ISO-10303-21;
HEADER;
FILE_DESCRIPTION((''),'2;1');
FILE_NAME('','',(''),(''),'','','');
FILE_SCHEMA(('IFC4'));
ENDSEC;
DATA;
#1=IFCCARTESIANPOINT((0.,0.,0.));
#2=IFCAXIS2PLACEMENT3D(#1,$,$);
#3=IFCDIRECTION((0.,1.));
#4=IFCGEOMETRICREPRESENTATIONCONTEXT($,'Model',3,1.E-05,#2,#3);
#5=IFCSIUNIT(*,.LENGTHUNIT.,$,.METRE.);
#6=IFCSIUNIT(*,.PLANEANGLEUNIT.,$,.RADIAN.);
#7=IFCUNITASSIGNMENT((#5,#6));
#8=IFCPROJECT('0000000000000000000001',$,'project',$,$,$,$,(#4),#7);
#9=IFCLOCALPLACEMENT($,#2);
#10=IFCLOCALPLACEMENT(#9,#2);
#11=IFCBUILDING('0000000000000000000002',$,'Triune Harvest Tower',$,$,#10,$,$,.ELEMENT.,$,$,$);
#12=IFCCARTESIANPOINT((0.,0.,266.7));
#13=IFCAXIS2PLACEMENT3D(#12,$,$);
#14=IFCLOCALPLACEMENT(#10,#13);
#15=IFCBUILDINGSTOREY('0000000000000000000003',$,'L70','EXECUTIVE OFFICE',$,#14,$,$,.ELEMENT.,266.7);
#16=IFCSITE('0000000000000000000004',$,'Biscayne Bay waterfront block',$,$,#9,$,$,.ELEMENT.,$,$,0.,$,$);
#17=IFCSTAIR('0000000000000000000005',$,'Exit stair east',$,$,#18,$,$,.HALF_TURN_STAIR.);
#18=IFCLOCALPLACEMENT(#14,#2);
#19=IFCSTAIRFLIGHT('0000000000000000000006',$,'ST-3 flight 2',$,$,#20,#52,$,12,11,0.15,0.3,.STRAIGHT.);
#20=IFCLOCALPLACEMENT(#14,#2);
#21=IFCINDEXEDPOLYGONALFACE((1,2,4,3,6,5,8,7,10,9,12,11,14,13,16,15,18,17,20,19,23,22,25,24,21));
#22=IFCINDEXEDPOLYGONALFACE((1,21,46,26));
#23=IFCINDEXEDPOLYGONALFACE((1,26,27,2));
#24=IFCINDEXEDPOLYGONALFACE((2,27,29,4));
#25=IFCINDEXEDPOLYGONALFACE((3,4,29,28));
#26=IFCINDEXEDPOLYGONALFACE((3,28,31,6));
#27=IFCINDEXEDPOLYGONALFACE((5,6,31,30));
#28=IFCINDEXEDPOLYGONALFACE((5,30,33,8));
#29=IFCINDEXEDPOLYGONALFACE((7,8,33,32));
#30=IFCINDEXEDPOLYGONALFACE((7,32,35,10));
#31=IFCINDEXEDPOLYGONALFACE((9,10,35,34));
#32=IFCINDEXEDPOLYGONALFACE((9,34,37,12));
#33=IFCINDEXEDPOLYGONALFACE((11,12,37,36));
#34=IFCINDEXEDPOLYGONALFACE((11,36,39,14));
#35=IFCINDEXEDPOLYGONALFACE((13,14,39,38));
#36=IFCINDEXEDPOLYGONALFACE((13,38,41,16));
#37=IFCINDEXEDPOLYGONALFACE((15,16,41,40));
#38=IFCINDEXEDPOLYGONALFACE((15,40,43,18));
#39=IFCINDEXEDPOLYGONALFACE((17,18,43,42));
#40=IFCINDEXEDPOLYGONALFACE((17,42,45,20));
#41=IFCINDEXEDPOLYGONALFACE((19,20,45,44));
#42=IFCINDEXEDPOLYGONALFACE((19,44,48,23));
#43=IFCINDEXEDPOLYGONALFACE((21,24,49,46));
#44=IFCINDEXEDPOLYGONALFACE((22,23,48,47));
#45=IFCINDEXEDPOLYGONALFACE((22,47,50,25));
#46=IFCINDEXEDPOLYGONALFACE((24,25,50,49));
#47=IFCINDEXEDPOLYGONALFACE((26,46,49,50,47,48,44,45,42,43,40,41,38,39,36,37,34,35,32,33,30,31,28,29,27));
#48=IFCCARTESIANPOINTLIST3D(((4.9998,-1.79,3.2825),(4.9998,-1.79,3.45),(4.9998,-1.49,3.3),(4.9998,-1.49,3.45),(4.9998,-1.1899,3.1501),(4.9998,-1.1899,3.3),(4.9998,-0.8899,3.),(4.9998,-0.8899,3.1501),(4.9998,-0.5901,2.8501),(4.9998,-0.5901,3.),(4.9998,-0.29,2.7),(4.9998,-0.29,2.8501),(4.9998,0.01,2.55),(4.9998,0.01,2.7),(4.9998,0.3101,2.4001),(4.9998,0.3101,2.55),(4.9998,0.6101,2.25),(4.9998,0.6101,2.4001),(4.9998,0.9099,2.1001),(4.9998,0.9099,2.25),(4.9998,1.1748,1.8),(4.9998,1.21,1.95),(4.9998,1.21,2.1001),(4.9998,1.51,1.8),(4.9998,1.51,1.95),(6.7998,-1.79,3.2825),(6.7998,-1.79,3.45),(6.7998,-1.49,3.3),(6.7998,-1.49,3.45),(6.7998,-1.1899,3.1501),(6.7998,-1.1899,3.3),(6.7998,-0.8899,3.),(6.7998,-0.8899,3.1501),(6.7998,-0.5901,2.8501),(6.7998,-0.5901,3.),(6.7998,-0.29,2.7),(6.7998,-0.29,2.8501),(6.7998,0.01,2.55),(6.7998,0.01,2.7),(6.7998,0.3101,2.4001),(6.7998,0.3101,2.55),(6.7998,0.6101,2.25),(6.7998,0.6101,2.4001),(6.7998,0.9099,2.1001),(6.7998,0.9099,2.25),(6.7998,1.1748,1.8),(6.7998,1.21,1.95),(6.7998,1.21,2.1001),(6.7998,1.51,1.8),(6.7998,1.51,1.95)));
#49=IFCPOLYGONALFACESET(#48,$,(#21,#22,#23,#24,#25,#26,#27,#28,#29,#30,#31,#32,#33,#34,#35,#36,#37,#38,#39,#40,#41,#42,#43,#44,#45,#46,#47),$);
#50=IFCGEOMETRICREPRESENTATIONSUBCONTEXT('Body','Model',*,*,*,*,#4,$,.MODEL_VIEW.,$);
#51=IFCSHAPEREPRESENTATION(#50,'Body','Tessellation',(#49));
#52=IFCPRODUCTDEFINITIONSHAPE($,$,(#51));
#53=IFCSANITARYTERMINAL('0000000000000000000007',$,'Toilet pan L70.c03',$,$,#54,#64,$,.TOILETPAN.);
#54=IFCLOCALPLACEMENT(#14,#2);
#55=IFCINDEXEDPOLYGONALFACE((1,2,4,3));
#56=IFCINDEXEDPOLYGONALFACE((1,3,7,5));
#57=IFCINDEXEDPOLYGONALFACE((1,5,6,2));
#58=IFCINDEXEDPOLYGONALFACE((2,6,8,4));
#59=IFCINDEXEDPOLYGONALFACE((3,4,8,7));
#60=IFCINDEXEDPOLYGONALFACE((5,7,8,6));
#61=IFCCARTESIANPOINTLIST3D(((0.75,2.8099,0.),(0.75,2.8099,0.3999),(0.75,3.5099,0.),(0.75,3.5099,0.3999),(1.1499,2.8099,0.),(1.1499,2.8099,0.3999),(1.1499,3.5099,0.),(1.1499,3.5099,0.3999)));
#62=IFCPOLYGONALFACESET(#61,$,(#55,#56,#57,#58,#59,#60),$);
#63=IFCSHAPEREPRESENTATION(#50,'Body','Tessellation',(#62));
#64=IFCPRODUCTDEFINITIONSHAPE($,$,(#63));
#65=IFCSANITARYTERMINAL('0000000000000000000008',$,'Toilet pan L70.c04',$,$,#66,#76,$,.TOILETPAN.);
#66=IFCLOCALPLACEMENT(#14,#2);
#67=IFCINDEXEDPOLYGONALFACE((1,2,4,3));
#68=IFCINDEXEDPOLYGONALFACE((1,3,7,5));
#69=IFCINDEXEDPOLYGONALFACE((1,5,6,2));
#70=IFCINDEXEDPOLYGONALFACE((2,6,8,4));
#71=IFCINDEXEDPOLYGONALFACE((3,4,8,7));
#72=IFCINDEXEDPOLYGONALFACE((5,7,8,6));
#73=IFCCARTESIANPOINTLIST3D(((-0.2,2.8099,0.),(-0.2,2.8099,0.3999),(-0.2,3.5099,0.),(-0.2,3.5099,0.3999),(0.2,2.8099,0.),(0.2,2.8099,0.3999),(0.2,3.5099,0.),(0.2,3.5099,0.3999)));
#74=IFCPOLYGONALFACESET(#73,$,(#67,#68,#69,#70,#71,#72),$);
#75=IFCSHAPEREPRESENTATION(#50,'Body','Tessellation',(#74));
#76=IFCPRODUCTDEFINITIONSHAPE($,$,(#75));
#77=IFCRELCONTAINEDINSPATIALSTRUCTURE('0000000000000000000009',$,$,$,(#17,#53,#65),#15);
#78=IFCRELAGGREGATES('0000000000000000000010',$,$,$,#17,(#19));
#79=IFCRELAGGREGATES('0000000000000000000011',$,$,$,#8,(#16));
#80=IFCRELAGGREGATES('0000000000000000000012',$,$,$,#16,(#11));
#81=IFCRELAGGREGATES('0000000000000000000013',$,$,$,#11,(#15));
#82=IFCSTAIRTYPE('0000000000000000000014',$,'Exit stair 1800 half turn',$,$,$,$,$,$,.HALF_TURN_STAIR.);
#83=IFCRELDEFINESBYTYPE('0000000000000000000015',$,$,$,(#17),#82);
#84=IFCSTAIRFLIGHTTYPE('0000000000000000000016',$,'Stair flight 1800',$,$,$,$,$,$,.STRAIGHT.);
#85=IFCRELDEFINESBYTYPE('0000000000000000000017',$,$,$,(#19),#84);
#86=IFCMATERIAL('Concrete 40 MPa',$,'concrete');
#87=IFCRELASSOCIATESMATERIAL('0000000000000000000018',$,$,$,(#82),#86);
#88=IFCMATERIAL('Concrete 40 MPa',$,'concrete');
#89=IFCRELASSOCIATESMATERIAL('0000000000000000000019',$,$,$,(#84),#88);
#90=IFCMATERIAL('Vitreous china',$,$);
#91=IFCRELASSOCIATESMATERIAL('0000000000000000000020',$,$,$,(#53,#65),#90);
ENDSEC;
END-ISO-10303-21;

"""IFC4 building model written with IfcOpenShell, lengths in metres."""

from ifc_helpers import new_model, si_unit, direction, frame, origin, origin_2d, place, context, subcontext, project, spatial, polyline, rectangle, outline, extrude, source, transform, mapped, material, type_object, element, aggregate, save


model = new_model("IFC4")

# Units and contexts
model_context = context("Model", 3, precision=1e-05, world=origin(), true_north=direction((0.0, 1.0)))
body_context = subcontext(model_context, "Body", "Model", "MODEL_VIEW")
ifc_project = project(units=[si_unit("LENGTHUNIT", "METRE"), si_unit("PLANEANGLEUNIT", "RADIAN")], contexts=[model_context])

# Site, building, storey
site_placement = place(None, origin())
site = spatial("IfcSite", under=ifc_project, at=site_placement, Name="Biscayne Bay waterfront block", CompositionType="ELEMENT", RefElevation=0.0)
building_placement = place(site_placement, origin())
building = spatial("IfcBuilding", under=site, at=building_placement, Name="Triune Harvest Tower", CompositionType="ELEMENT")
storey_placement = place(building_placement, frame((0.0, 0.0, 266.7)))
storey = spatial("IfcBuildingStorey", under=building, at=storey_placement, Name="L70", Description="EXECUTIVE OFFICE", CompositionType="ELEMENT", Elevation=266.7)

# Stair
ifc_material_1 = material(Name="Concrete 40 MPa", Category="concrete")
stair_type = type_object("IfcStairType", Name="Exit stair 1800 half turn", PredefinedType="HALF_TURN_STAIR", material=ifc_material_1)
stair_1_placement = place(storey_placement, origin())
stair_1 = element("IfcStair", 1, at=stair_1_placement, inside=storey, type_object=stair_type, Name="Exit stair east", PredefinedType="HALF_TURN_STAIR")

# Stair flight
ifc_material_2 = material(Name="Concrete 40 MPa", Category="concrete")
stair_flight_type = type_object("IfcStairFlightType", Name="Stair flight 1800", PredefinedType="STRAIGHT", material=ifc_material_2)
shared_shape_1 = source(origin(), body_context, "Body", "SweptSolid", [
    extrude(outline(polyline([(0.0, 0.0), (0.0, 0.1499), (0.3, 0.1499), (0.3, 0.3), (0.6001, 0.3), (0.6001, 0.45), (0.8999, 0.45), (0.8999, 0.6001), (1.2, 0.6001), (1.2, 0.75), (1.5, 0.75), (1.5, 0.8999), (1.8, 0.8999), (1.8, 1.05), (2.1001, 1.05), (2.1001, 1.2), (2.3999, 1.2), (2.3999, 1.3501), (2.7, 1.3501), (2.7, 1.5), (3.0, 1.5), (3.0, 1.6499), (3.3, 1.6499), (3.3, 1.8), (3.3, 1.4824), (0.3352, 0.0), (0.0, 0.0)])), frame((0.0, 0.8999, 0.0), z_axis=(0.0, -1.0, 0.0), x_axis=(1.0, 0.0, 0.0)), (0.0, 0.0, 1.0), 1.8),
])
stair_flight_placement = place(storey_placement, frame((5.8999, 1.51, 1.8), z_axis=(0.0, 0.0, 1.0), x_axis=(0.0, -1.0, 0.0)))
stair_flight = element("IfcStairFlight", 2, at=stair_flight_placement, type_object=stair_flight_type, Name="ST-3 flight 2", NumberOfRisers=12, NumberOfTreads=11, PredefinedType="STRAIGHT", RiserHeight=0.15, TreadLength=0.3, context=body_context, shape_type="MappedRepresentation", body=[
    mapped(shared_shape_1, transform((0.0, 0.0, 0.0), scale=1.0)),
])
aggregate(stair_1, [stair_flight])

# Sanitary terminals
ifc_material_3 = material(Name="Vitreous china")
shared_shape_2 = source(origin(), body_context, "Body", "SweptSolid", [
    extrude(rectangle(XDim=0.3999, YDim=0.7, at=origin_2d()), origin(), (0.0, 0.0, 1.0), 0.3999),
])
for number, where, z_axis, x_axis, name in (
    (3, (0.95, 3.1599, 0.0), (0.0, 0.0, 1.0), (-1.0, 0.0, 0.0), "Toilet pan L70.c03"),
    (4, (0.0, 3.1599, 0.0), (0.0, 0.0, 1.0), (-1.0, 0.0, 0.0), "Toilet pan L70.c04"),
):
    element("IfcSanitaryTerminal", number, at=place(storey_placement, frame(where, z_axis=z_axis, x_axis=x_axis)), inside=storey, material=ifc_material_3, Name=name, PredefinedType="TOILETPAN", context=body_context, shape_type="MappedRepresentation", body=[
        mapped(shared_shape_2, transform((0.0, 0.0, 0.0), scale=1.0)),
    ])

save(model, "model.ifc")
